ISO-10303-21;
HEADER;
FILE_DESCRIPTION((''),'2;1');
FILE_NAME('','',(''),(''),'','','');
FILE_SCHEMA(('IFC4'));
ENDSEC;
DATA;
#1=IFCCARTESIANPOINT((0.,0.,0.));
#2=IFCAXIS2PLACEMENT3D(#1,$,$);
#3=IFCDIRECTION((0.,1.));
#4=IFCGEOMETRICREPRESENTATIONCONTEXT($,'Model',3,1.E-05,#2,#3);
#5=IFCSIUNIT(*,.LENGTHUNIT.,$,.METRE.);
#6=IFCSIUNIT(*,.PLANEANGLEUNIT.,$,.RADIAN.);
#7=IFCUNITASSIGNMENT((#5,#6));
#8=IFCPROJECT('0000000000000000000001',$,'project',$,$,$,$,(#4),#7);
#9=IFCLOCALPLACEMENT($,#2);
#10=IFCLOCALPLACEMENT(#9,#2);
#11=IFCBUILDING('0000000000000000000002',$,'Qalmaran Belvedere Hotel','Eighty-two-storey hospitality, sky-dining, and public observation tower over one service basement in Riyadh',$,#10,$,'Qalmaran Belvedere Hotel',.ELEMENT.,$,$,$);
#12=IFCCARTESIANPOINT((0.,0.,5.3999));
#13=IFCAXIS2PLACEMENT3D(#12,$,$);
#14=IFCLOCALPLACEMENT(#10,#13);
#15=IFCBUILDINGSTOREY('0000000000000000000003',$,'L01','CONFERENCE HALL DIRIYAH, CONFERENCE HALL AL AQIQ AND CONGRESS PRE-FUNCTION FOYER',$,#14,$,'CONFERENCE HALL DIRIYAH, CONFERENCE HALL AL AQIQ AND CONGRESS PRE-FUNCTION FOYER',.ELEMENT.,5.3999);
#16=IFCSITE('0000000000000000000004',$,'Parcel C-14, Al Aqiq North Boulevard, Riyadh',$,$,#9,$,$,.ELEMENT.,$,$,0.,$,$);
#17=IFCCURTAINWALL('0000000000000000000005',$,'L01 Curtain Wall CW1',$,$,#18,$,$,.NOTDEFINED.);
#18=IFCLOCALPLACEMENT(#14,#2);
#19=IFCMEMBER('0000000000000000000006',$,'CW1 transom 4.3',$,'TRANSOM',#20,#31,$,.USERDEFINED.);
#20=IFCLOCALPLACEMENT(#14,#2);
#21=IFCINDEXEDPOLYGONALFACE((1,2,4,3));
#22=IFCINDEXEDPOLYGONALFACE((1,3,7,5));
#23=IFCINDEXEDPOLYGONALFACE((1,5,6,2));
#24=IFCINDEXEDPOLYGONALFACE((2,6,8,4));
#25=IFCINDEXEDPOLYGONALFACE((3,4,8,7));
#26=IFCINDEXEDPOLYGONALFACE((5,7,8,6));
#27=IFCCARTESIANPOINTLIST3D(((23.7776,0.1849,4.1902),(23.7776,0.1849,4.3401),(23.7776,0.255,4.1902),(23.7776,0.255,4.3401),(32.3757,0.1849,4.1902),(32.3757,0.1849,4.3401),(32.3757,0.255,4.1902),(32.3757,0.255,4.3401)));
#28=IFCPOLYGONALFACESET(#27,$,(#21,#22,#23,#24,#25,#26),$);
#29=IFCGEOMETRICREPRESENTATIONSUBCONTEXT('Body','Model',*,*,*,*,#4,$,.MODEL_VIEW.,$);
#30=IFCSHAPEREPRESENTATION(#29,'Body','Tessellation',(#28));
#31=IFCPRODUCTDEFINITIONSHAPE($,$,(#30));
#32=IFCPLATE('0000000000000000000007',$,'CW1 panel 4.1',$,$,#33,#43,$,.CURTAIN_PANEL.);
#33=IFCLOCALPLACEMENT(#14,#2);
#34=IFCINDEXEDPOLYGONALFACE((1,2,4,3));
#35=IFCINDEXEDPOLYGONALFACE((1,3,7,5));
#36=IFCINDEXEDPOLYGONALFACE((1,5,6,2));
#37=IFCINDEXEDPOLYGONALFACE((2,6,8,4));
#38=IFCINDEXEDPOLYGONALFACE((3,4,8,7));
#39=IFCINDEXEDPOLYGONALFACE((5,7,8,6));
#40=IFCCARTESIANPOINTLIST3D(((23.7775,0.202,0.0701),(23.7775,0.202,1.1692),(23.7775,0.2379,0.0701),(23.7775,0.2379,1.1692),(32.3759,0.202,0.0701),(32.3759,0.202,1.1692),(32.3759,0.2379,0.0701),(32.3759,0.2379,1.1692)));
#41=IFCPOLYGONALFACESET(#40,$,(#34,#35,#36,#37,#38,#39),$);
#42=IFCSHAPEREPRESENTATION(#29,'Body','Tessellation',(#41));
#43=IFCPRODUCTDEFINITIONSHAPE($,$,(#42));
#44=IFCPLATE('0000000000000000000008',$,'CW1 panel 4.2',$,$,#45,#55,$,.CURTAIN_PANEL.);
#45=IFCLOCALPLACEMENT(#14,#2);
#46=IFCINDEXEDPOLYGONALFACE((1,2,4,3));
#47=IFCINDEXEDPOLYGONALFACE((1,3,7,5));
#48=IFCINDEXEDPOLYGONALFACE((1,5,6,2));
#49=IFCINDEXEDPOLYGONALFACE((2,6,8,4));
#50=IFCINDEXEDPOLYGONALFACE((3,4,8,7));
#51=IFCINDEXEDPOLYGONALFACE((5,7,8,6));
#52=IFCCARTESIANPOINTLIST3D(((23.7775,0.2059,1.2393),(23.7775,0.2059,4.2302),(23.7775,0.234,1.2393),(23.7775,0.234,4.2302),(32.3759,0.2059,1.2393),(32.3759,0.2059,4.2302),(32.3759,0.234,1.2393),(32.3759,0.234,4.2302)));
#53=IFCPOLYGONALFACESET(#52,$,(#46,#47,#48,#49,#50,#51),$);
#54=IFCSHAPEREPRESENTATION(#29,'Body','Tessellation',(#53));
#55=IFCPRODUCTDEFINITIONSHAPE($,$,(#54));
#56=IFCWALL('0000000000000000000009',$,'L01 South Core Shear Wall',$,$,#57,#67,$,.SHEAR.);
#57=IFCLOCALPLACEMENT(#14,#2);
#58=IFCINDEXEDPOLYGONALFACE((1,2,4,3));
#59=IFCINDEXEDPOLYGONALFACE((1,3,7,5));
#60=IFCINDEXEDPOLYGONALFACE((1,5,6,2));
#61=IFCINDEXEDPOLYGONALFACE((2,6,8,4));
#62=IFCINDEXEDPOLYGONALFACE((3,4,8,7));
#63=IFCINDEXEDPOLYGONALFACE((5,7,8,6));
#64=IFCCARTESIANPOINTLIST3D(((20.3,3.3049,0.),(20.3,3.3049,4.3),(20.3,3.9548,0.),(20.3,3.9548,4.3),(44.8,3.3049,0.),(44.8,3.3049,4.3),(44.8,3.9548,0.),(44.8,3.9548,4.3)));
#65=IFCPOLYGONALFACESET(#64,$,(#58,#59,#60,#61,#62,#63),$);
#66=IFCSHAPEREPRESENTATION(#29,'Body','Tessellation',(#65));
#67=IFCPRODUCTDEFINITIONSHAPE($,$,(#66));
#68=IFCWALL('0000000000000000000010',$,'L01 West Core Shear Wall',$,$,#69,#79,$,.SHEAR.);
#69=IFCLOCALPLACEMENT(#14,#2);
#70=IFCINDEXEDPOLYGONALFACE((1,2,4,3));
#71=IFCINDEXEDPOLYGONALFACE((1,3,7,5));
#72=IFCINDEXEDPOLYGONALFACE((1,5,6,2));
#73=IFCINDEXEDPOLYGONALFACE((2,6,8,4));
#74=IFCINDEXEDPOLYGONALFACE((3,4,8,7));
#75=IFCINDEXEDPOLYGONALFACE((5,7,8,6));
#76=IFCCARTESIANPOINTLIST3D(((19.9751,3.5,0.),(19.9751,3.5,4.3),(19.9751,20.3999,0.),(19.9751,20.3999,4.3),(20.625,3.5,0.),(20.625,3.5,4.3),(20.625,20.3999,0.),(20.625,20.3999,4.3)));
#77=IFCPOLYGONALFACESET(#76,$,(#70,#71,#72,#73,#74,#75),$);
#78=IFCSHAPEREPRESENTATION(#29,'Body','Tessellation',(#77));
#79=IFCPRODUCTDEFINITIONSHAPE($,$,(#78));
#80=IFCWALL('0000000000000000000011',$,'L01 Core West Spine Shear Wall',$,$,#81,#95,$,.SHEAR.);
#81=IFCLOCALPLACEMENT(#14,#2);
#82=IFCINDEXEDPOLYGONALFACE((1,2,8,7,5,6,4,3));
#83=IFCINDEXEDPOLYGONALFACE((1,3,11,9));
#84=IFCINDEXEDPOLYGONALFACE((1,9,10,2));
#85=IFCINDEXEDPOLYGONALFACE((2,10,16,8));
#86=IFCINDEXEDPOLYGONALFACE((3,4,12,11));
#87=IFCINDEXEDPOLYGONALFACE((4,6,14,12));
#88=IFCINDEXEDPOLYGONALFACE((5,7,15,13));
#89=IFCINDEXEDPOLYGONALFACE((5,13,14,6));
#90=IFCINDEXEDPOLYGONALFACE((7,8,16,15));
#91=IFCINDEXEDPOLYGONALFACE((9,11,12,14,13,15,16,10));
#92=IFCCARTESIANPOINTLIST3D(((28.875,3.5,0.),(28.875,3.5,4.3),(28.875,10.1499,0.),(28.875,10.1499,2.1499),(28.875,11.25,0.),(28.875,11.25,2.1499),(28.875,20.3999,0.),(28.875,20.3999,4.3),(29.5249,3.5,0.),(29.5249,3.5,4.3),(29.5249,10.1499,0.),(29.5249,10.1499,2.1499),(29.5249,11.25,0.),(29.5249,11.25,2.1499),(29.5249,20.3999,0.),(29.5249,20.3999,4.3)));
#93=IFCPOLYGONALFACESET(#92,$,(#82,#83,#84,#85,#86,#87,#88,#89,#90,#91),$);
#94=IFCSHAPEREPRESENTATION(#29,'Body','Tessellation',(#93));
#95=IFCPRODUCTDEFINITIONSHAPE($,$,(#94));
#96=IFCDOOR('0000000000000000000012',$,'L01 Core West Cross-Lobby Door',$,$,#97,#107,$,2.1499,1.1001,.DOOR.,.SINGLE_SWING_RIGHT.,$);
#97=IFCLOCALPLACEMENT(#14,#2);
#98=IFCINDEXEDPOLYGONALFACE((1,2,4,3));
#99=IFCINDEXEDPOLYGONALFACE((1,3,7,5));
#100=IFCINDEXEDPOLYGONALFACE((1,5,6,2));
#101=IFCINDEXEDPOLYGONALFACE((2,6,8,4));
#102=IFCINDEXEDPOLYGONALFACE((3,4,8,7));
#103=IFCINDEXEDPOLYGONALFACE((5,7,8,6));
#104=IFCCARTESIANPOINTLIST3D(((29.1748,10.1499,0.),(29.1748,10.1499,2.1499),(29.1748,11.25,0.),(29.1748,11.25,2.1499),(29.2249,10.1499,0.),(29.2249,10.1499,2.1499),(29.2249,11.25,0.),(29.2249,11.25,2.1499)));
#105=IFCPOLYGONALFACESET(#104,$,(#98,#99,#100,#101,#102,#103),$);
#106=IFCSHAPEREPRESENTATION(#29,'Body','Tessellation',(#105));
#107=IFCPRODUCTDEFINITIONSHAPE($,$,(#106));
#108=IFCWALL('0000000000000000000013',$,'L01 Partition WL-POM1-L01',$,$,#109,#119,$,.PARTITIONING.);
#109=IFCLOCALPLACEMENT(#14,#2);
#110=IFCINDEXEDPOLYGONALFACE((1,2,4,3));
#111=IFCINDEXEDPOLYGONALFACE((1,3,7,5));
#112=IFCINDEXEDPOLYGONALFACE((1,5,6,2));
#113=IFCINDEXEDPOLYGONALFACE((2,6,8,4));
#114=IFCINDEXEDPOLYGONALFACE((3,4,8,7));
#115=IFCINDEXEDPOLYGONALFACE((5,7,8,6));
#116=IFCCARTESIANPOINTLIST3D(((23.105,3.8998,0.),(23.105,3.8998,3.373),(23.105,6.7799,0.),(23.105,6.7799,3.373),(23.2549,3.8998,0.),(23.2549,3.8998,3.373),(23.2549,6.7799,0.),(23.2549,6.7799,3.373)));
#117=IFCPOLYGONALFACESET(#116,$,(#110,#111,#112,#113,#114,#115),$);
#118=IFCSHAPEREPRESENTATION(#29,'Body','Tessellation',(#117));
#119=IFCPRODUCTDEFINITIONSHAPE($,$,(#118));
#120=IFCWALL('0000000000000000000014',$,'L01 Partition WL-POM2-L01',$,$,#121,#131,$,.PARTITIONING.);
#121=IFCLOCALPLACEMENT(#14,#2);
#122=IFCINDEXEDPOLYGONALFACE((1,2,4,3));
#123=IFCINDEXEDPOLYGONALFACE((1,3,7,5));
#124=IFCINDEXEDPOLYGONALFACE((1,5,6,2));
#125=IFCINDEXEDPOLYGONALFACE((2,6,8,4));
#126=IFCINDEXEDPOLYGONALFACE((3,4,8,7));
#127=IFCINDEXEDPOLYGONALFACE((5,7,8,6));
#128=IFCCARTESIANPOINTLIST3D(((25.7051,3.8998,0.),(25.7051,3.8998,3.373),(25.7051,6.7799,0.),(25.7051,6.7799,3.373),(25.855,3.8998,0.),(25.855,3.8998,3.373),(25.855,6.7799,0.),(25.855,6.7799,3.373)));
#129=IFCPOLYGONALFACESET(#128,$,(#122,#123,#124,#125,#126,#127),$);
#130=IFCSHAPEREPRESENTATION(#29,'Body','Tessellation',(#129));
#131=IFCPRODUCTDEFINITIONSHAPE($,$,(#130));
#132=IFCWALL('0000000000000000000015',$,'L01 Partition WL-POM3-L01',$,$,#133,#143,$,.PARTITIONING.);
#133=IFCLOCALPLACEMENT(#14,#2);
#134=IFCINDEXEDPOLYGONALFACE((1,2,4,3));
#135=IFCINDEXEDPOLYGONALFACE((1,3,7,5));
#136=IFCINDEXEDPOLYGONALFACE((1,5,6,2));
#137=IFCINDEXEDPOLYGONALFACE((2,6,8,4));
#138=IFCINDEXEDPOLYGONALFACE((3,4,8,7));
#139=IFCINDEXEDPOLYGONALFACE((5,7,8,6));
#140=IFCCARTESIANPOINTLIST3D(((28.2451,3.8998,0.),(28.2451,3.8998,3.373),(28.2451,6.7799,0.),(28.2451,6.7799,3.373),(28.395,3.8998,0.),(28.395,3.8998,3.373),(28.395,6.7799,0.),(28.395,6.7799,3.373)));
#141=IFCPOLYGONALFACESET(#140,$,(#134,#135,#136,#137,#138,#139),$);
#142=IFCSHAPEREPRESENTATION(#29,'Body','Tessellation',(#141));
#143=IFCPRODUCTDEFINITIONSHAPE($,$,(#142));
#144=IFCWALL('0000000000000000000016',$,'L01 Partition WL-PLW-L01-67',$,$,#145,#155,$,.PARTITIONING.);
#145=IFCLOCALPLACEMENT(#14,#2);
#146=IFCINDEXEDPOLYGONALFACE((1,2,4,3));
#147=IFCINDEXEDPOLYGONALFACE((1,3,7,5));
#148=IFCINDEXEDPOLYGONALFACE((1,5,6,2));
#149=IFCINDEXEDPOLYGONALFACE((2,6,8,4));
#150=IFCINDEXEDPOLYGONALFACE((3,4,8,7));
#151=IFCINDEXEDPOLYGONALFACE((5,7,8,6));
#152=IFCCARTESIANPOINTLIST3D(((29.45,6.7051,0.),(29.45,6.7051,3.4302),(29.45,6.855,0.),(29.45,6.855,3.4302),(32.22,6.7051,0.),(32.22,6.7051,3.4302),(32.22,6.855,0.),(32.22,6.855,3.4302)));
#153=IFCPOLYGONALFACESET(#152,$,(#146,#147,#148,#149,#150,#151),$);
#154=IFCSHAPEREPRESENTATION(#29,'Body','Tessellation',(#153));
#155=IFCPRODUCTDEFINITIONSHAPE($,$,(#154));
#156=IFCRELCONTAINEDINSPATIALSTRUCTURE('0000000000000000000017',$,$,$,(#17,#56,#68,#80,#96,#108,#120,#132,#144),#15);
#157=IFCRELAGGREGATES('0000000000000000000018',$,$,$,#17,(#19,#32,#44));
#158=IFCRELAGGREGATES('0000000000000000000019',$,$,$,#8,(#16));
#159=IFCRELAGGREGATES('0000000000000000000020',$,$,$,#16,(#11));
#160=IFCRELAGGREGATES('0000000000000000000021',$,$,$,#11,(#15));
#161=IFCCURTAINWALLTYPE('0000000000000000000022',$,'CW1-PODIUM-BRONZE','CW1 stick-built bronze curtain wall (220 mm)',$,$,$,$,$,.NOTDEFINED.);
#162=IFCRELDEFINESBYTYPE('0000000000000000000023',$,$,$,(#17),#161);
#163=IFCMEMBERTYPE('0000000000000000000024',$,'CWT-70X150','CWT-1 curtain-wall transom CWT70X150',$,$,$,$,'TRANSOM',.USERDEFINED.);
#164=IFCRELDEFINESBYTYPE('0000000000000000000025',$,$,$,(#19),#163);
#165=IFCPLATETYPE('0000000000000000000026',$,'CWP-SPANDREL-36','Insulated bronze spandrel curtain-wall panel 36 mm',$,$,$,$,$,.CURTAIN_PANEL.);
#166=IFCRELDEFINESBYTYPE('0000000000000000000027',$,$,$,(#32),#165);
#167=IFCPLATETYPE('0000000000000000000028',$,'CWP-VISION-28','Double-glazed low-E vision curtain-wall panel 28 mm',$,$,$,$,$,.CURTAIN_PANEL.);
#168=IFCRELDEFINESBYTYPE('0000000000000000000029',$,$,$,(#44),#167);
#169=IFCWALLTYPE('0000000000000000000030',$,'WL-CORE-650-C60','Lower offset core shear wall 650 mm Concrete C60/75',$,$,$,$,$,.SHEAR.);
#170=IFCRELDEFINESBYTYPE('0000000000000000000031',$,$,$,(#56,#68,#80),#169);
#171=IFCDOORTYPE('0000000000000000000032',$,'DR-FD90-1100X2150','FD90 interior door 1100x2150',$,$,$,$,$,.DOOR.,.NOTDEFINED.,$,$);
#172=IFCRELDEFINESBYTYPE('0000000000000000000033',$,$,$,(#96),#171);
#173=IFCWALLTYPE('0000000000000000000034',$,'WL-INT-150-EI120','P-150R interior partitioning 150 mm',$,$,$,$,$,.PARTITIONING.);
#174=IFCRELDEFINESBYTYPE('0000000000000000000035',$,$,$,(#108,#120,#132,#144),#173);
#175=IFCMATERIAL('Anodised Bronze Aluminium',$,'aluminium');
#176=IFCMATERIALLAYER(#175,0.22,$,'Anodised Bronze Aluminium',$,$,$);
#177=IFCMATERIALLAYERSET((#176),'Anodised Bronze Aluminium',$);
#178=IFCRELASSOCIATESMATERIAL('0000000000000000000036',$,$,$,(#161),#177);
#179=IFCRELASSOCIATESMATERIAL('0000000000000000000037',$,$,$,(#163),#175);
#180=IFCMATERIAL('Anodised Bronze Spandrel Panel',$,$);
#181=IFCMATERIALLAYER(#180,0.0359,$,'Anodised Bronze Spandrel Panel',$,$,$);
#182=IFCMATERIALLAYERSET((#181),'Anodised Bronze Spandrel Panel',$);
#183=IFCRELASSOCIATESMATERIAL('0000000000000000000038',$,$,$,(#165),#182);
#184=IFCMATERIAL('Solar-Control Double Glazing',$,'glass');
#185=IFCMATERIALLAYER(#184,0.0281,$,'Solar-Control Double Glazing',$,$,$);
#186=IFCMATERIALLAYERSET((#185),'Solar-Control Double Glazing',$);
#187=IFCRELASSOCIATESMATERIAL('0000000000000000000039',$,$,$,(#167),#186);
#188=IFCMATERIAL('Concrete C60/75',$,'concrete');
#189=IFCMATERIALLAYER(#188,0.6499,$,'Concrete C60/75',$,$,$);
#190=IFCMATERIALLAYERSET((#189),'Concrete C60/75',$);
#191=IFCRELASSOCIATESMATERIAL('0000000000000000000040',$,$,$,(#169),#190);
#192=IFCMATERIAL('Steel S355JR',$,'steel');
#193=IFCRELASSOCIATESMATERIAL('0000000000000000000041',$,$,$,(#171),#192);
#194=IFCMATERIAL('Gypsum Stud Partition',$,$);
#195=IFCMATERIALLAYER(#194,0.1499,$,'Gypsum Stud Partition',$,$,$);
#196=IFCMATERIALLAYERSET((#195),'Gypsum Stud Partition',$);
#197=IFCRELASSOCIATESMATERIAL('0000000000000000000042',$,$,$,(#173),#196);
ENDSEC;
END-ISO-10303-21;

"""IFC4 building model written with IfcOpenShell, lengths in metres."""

from ifc_helpers import new_model, si_unit, direction, frame, frame_2d, origin, origin_2d, place, context, subcontext, project, spatial, rectangle, extrude, material, layer, layer_set, material_profile, profile_set, type_object, element, fill, aggregate, save


model = new_model("IFC4")

# Units and contexts
model_context = context("Model", 3, precision=1e-05, world=origin(), true_north=direction((0.0, 1.0)))
body_context = subcontext(model_context, "Body", "Model", "MODEL_VIEW")
ifc_project = project(units=[si_unit("LENGTHUNIT", "METRE"), si_unit("PLANEANGLEUNIT", "RADIAN")], contexts=[model_context])

# Site, building, storey
site_placement = place(None, origin())
site = spatial("IfcSite", under=ifc_project, at=site_placement, Name="Parcel C-14, Al Aqiq North Boulevard, Riyadh", CompositionType="ELEMENT", RefElevation=0.0)
building_placement = place(site_placement, origin())
building = spatial("IfcBuilding", under=site, at=building_placement, Name="Qalmaran Belvedere Hotel", Description="Eighty-two-storey hospitality, sky-dining, and public observation tower over one service basement in Riyadh", LongName="Qalmaran Belvedere Hotel", CompositionType="ELEMENT")
storey_placement = place(building_placement, frame((0.0, 0.0, 5.3999)))
storey = spatial("IfcBuildingStorey", under=building, at=storey_placement, Name="L01", Description="CONFERENCE HALL DIRIYAH, CONFERENCE HALL AL AQIQ AND CONGRESS PRE-FUNCTION FOYER", LongName="CONFERENCE HALL DIRIYAH, CONFERENCE HALL AL AQIQ AND CONGRESS PRE-FUNCTION FOYER", CompositionType="ELEMENT", Elevation=5.3999)

# Shared definitions
ifc_material_1 = material(Name="Concrete C60/75", Category="concrete")

# Shared definitions
ifc_material_2 = material(Name="Steel S355JR", Category="steel")

# Curtain wall, member, plates
ifc_material_3 = material(Name="Anodised Bronze Aluminium", Category="aluminium")
ifc_layer_1 = layer(ifc_material_3, 0.22, Name="Anodised Bronze Aluminium")
ifc_layer_set_1 = layer_set([ifc_layer_1], Name="Anodised Bronze Aluminium")
curtain_wall_type = type_object("IfcCurtainWallType", Name="CW1-PODIUM-BRONZE", Description="CW1 stick-built bronze curtain wall (220 mm)", PredefinedType="NOTDEFINED", material=ifc_layer_set_1)
curtain_wall_placement = place(storey_placement, origin())
curtain_wall = element("IfcCurtainWall", 1, at=curtain_wall_placement, inside=storey, type_object=curtain_wall_type, Name="L01 Curtain Wall CW1", PredefinedType="NOTDEFINED")
ifc_material_profile_1 = material_profile(ifc_material_3, rectangle(XDim=0.0701, YDim=0.1499, at=origin_2d()), Name="CWT70X150")
ifc_profile_set_1 = profile_set([ifc_material_profile_1], Name="Anodised Bronze Aluminium")
member_type_1 = type_object("IfcMemberType", Name="CWT-70X150", Description="CWT-1 curtain-wall transom CWT70X150", ElementType="TRANSOM", PredefinedType="USERDEFINED", material=ifc_profile_set_1)
member_1_placement = place(storey_placement, frame((23.7776, 0.22, 4.2651), z_axis=(1.0, 0.0, 0.0), x_axis=(0.0, 1.0, 0.0)))
member_1 = element("IfcMember", 2, at=member_1_placement, type_object=member_type_1, Name="CW1 transom 4.3", ObjectType="TRANSOM", PredefinedType="USERDEFINED", context=body_context, shape_type="SweptSolid", body=[
    extrude(rectangle(XDim=0.0701, YDim=0.1499, at=origin_2d()), origin(), (0.0, 0.0, 1.0), 8.5981),
])
ifc_material_4 = material(Name="Anodised Bronze Spandrel Panel")
ifc_layer_2 = layer(ifc_material_4, 0.0359, Name="Anodised Bronze Spandrel Panel")
ifc_layer_set_2 = layer_set([ifc_layer_2], Name="Anodised Bronze Spandrel Panel")
plate_type_1 = type_object("IfcPlateType", Name="CWP-SPANDREL-36", Description="Insulated bronze spandrel curtain-wall panel 36 mm", PredefinedType="CURTAIN_PANEL", material=ifc_layer_set_2)
plate_1_placement = place(storey_placement, frame((28.0767, 0.22, 0.0701), z_axis=(0.0, 0.0, 1.0), x_axis=(1.0, 0.0, 0.0)))
plate_1 = element("IfcPlate", 3, at=plate_1_placement, type_object=plate_type_1, Name="CW1 panel 4.1", PredefinedType="CURTAIN_PANEL", context=body_context, shape_type="SweptSolid", body=[
    extrude(rectangle(XDim=8.5984, YDim=0.0359, at=origin_2d()), origin(), (0.0, 0.0, 1.0), 1.0991),
])
ifc_material_5 = material(Name="Solar-Control Double Glazing", Category="glass")
ifc_layer_3 = layer(ifc_material_5, 0.0281, Name="Solar-Control Double Glazing")
ifc_layer_set_3 = layer_set([ifc_layer_3], Name="Solar-Control Double Glazing")
plate_type_2 = type_object("IfcPlateType", Name="CWP-VISION-28", Description="Double-glazed low-E vision curtain-wall panel 28 mm", PredefinedType="CURTAIN_PANEL", material=ifc_layer_set_3)
plate_2_placement = place(storey_placement, frame((28.0767, 0.22, 1.2393), z_axis=(0.0, 0.0, 1.0), x_axis=(1.0, 0.0, 0.0)))
plate_2 = element("IfcPlate", 4, at=plate_2_placement, type_object=plate_type_2, Name="CW1 panel 4.2", PredefinedType="CURTAIN_PANEL", context=body_context, shape_type="SweptSolid", body=[
    extrude(rectangle(XDim=8.5984, YDim=0.0281, at=origin_2d()), origin(), (0.0, 0.0, 1.0), 2.991),
])
aggregate(curtain_wall, [member_1, plate_1, plate_2])

# Walls
ifc_layer_4 = layer(ifc_material_1, 0.6499, Name="Concrete C60/75")
ifc_layer_set_4 = layer_set([ifc_layer_4], Name="Concrete C60/75")
wall_type_1 = type_object("IfcWallType", Name="WL-CORE-650-C60", Description="Lower offset core shear wall 650 mm Concrete C60/75", PredefinedType="SHEAR", material=ifc_layer_set_4)
wall_1_placement = place(storey_placement, frame((20.3, 3.6299, 0.0), z_axis=(0.0, 0.0, 1.0), x_axis=(1.0, 0.0, 0.0)))
element("IfcWall", 5, at=wall_1_placement, inside=storey, type_object=wall_type_1, Name="L01 South Core Shear Wall", PredefinedType="SHEAR", context=body_context, shape_type="SweptSolid", body=[
    extrude(rectangle(XDim=24.5, YDim=0.6499, at=frame_2d((12.25, 0.0))), origin(), (0.0, 0.0, 1.0), 4.3),
])
wall_2_placement = place(storey_placement, frame((20.3, 3.5, 0.0), z_axis=(0.0, 0.0, 1.0), x_axis=(0.0, 1.0, 0.0)))
element("IfcWall", 6, at=wall_2_placement, inside=storey, type_object=wall_type_1, Name="L01 West Core Shear Wall", PredefinedType="SHEAR", context=body_context, shape_type="SweptSolid", body=[
    extrude(rectangle(XDim=16.8999, YDim=0.6499, at=frame_2d((8.45, 0.0))), origin(), (0.0, 0.0, 1.0), 4.3),
])

# Wall, opening, door
wall_3_placement = place(storey_placement, frame((29.2, 3.5, 0.0), z_axis=(0.0, 0.0, 1.0), x_axis=(0.0, 1.0, 0.0)))
wall_3 = element("IfcWall", 7, at=wall_3_placement, inside=storey, type_object=wall_type_1, Name="L01 Core West Spine Shear Wall", PredefinedType="SHEAR", context=body_context, shape_type="SweptSolid", body=[
    extrude(rectangle(XDim=16.8999, YDim=0.6499, at=frame_2d((8.45, 0.0))), origin(), (0.0, 0.0, 1.0), 4.3),
])
opening_1_placement = place(wall_3_placement, frame((7.75, 0.0, 0.0), z_axis=(0.0, 0.0, 1.0), x_axis=(-1.0, 0.0, 0.0)))
opening_1 = element("IfcOpeningElement", 8, at=opening_1_placement, cuts=wall_3, PredefinedType="OPENING", context=body_context, shape_type="SweptSolid", body=[
    extrude(rectangle(XDim=1.1001, YDim=2.1499, at=frame_2d((0.55, 1.075))), frame((0.0, 0.335, 0.0), z_axis=(0.0, -1.0, 0.0), x_axis=(1.0, 0.0, 0.0)), (0.0, 0.0, 1.0), 0.6699),
])
door_type_1 = type_object("IfcDoorType", Name="DR-FD90-1100X2150", Description="FD90 interior door 1100x2150", OperationType="NOTDEFINED", PredefinedType="DOOR", material=ifc_material_2)
door_1_placement = place(opening_1_placement, origin())
door_1 = element("IfcDoor", 9, at=door_1_placement, inside=storey, type_object=door_type_1, Name="L01 Core West Cross-Lobby Door", OperationType="SINGLE_SWING_RIGHT", OverallHeight=2.1499, OverallWidth=1.1001, PredefinedType="DOOR", context=body_context, shape_type="SweptSolid", body=[
    extrude(rectangle(XDim=1.1001, YDim=2.1499, at=frame_2d((0.55, 1.075))), frame((0.0, 0.0249, 0.0), z_axis=(0.0, -1.0, 0.0), x_axis=(1.0, 0.0, 0.0)), (0.0, 0.0, 1.0), 0.05),
])
fill(opening_1, door_1)

# Walls
ifc_material_6 = material(Name="Gypsum Stud Partition")
ifc_layer_5 = layer(ifc_material_6, 0.1499, Name="Gypsum Stud Partition")
ifc_layer_set_5 = layer_set([ifc_layer_5], Name="Gypsum Stud Partition")
wall_type_2 = type_object("IfcWallType", Name="WL-INT-150-EI120", Description="P-150R interior partitioning 150 mm", PredefinedType="PARTITIONING", material=ifc_layer_set_5)
for number, where, z_axis, x_axis, name in (
    (10, (23.1799, 3.8999, 0.0), (0.0, 0.0, 1.0), (0.0, 1.0, 0.0), "L01 Partition WL-POM1-L01"),
    (11, (25.78, 3.8999, 0.0), (0.0, 0.0, 1.0), (0.0, 1.0, 0.0), "L01 Partition WL-POM2-L01"),
    (12, (28.3201, 3.8999, 0.0), (0.0, 0.0, 1.0), (0.0, 1.0, 0.0), "L01 Partition WL-POM3-L01"),
):
    element("IfcWall", number, at=place(storey_placement, frame(where, z_axis=z_axis, x_axis=x_axis)), inside=storey, type_object=wall_type_2, Name=name, PredefinedType="PARTITIONING", context=body_context, shape_type="SweptSolid", body=[
        extrude(rectangle(XDim=2.8801, YDim=0.1499, at=frame_2d((1.4399, 0.0))), origin(), (0.0, 0.0, 1.0), 3.373),
    ])
wall_4_placement = place(storey_placement, frame((29.45, 6.78, 0.0), z_axis=(0.0, 0.0, 1.0), x_axis=(1.0, 0.0, 0.0)))
element("IfcWall", 13, at=wall_4_placement, inside=storey, type_object=wall_type_2, Name="L01 Partition WL-PLW-L01-67", PredefinedType="PARTITIONING", context=body_context, shape_type="SweptSolid", body=[
    extrude(rectangle(XDim=2.77, YDim=0.1499, at=frame_2d((1.385, 0.0))), origin(), (0.0, 0.0, 1.0), 3.4302),
])

save(model, "model.ifc")
